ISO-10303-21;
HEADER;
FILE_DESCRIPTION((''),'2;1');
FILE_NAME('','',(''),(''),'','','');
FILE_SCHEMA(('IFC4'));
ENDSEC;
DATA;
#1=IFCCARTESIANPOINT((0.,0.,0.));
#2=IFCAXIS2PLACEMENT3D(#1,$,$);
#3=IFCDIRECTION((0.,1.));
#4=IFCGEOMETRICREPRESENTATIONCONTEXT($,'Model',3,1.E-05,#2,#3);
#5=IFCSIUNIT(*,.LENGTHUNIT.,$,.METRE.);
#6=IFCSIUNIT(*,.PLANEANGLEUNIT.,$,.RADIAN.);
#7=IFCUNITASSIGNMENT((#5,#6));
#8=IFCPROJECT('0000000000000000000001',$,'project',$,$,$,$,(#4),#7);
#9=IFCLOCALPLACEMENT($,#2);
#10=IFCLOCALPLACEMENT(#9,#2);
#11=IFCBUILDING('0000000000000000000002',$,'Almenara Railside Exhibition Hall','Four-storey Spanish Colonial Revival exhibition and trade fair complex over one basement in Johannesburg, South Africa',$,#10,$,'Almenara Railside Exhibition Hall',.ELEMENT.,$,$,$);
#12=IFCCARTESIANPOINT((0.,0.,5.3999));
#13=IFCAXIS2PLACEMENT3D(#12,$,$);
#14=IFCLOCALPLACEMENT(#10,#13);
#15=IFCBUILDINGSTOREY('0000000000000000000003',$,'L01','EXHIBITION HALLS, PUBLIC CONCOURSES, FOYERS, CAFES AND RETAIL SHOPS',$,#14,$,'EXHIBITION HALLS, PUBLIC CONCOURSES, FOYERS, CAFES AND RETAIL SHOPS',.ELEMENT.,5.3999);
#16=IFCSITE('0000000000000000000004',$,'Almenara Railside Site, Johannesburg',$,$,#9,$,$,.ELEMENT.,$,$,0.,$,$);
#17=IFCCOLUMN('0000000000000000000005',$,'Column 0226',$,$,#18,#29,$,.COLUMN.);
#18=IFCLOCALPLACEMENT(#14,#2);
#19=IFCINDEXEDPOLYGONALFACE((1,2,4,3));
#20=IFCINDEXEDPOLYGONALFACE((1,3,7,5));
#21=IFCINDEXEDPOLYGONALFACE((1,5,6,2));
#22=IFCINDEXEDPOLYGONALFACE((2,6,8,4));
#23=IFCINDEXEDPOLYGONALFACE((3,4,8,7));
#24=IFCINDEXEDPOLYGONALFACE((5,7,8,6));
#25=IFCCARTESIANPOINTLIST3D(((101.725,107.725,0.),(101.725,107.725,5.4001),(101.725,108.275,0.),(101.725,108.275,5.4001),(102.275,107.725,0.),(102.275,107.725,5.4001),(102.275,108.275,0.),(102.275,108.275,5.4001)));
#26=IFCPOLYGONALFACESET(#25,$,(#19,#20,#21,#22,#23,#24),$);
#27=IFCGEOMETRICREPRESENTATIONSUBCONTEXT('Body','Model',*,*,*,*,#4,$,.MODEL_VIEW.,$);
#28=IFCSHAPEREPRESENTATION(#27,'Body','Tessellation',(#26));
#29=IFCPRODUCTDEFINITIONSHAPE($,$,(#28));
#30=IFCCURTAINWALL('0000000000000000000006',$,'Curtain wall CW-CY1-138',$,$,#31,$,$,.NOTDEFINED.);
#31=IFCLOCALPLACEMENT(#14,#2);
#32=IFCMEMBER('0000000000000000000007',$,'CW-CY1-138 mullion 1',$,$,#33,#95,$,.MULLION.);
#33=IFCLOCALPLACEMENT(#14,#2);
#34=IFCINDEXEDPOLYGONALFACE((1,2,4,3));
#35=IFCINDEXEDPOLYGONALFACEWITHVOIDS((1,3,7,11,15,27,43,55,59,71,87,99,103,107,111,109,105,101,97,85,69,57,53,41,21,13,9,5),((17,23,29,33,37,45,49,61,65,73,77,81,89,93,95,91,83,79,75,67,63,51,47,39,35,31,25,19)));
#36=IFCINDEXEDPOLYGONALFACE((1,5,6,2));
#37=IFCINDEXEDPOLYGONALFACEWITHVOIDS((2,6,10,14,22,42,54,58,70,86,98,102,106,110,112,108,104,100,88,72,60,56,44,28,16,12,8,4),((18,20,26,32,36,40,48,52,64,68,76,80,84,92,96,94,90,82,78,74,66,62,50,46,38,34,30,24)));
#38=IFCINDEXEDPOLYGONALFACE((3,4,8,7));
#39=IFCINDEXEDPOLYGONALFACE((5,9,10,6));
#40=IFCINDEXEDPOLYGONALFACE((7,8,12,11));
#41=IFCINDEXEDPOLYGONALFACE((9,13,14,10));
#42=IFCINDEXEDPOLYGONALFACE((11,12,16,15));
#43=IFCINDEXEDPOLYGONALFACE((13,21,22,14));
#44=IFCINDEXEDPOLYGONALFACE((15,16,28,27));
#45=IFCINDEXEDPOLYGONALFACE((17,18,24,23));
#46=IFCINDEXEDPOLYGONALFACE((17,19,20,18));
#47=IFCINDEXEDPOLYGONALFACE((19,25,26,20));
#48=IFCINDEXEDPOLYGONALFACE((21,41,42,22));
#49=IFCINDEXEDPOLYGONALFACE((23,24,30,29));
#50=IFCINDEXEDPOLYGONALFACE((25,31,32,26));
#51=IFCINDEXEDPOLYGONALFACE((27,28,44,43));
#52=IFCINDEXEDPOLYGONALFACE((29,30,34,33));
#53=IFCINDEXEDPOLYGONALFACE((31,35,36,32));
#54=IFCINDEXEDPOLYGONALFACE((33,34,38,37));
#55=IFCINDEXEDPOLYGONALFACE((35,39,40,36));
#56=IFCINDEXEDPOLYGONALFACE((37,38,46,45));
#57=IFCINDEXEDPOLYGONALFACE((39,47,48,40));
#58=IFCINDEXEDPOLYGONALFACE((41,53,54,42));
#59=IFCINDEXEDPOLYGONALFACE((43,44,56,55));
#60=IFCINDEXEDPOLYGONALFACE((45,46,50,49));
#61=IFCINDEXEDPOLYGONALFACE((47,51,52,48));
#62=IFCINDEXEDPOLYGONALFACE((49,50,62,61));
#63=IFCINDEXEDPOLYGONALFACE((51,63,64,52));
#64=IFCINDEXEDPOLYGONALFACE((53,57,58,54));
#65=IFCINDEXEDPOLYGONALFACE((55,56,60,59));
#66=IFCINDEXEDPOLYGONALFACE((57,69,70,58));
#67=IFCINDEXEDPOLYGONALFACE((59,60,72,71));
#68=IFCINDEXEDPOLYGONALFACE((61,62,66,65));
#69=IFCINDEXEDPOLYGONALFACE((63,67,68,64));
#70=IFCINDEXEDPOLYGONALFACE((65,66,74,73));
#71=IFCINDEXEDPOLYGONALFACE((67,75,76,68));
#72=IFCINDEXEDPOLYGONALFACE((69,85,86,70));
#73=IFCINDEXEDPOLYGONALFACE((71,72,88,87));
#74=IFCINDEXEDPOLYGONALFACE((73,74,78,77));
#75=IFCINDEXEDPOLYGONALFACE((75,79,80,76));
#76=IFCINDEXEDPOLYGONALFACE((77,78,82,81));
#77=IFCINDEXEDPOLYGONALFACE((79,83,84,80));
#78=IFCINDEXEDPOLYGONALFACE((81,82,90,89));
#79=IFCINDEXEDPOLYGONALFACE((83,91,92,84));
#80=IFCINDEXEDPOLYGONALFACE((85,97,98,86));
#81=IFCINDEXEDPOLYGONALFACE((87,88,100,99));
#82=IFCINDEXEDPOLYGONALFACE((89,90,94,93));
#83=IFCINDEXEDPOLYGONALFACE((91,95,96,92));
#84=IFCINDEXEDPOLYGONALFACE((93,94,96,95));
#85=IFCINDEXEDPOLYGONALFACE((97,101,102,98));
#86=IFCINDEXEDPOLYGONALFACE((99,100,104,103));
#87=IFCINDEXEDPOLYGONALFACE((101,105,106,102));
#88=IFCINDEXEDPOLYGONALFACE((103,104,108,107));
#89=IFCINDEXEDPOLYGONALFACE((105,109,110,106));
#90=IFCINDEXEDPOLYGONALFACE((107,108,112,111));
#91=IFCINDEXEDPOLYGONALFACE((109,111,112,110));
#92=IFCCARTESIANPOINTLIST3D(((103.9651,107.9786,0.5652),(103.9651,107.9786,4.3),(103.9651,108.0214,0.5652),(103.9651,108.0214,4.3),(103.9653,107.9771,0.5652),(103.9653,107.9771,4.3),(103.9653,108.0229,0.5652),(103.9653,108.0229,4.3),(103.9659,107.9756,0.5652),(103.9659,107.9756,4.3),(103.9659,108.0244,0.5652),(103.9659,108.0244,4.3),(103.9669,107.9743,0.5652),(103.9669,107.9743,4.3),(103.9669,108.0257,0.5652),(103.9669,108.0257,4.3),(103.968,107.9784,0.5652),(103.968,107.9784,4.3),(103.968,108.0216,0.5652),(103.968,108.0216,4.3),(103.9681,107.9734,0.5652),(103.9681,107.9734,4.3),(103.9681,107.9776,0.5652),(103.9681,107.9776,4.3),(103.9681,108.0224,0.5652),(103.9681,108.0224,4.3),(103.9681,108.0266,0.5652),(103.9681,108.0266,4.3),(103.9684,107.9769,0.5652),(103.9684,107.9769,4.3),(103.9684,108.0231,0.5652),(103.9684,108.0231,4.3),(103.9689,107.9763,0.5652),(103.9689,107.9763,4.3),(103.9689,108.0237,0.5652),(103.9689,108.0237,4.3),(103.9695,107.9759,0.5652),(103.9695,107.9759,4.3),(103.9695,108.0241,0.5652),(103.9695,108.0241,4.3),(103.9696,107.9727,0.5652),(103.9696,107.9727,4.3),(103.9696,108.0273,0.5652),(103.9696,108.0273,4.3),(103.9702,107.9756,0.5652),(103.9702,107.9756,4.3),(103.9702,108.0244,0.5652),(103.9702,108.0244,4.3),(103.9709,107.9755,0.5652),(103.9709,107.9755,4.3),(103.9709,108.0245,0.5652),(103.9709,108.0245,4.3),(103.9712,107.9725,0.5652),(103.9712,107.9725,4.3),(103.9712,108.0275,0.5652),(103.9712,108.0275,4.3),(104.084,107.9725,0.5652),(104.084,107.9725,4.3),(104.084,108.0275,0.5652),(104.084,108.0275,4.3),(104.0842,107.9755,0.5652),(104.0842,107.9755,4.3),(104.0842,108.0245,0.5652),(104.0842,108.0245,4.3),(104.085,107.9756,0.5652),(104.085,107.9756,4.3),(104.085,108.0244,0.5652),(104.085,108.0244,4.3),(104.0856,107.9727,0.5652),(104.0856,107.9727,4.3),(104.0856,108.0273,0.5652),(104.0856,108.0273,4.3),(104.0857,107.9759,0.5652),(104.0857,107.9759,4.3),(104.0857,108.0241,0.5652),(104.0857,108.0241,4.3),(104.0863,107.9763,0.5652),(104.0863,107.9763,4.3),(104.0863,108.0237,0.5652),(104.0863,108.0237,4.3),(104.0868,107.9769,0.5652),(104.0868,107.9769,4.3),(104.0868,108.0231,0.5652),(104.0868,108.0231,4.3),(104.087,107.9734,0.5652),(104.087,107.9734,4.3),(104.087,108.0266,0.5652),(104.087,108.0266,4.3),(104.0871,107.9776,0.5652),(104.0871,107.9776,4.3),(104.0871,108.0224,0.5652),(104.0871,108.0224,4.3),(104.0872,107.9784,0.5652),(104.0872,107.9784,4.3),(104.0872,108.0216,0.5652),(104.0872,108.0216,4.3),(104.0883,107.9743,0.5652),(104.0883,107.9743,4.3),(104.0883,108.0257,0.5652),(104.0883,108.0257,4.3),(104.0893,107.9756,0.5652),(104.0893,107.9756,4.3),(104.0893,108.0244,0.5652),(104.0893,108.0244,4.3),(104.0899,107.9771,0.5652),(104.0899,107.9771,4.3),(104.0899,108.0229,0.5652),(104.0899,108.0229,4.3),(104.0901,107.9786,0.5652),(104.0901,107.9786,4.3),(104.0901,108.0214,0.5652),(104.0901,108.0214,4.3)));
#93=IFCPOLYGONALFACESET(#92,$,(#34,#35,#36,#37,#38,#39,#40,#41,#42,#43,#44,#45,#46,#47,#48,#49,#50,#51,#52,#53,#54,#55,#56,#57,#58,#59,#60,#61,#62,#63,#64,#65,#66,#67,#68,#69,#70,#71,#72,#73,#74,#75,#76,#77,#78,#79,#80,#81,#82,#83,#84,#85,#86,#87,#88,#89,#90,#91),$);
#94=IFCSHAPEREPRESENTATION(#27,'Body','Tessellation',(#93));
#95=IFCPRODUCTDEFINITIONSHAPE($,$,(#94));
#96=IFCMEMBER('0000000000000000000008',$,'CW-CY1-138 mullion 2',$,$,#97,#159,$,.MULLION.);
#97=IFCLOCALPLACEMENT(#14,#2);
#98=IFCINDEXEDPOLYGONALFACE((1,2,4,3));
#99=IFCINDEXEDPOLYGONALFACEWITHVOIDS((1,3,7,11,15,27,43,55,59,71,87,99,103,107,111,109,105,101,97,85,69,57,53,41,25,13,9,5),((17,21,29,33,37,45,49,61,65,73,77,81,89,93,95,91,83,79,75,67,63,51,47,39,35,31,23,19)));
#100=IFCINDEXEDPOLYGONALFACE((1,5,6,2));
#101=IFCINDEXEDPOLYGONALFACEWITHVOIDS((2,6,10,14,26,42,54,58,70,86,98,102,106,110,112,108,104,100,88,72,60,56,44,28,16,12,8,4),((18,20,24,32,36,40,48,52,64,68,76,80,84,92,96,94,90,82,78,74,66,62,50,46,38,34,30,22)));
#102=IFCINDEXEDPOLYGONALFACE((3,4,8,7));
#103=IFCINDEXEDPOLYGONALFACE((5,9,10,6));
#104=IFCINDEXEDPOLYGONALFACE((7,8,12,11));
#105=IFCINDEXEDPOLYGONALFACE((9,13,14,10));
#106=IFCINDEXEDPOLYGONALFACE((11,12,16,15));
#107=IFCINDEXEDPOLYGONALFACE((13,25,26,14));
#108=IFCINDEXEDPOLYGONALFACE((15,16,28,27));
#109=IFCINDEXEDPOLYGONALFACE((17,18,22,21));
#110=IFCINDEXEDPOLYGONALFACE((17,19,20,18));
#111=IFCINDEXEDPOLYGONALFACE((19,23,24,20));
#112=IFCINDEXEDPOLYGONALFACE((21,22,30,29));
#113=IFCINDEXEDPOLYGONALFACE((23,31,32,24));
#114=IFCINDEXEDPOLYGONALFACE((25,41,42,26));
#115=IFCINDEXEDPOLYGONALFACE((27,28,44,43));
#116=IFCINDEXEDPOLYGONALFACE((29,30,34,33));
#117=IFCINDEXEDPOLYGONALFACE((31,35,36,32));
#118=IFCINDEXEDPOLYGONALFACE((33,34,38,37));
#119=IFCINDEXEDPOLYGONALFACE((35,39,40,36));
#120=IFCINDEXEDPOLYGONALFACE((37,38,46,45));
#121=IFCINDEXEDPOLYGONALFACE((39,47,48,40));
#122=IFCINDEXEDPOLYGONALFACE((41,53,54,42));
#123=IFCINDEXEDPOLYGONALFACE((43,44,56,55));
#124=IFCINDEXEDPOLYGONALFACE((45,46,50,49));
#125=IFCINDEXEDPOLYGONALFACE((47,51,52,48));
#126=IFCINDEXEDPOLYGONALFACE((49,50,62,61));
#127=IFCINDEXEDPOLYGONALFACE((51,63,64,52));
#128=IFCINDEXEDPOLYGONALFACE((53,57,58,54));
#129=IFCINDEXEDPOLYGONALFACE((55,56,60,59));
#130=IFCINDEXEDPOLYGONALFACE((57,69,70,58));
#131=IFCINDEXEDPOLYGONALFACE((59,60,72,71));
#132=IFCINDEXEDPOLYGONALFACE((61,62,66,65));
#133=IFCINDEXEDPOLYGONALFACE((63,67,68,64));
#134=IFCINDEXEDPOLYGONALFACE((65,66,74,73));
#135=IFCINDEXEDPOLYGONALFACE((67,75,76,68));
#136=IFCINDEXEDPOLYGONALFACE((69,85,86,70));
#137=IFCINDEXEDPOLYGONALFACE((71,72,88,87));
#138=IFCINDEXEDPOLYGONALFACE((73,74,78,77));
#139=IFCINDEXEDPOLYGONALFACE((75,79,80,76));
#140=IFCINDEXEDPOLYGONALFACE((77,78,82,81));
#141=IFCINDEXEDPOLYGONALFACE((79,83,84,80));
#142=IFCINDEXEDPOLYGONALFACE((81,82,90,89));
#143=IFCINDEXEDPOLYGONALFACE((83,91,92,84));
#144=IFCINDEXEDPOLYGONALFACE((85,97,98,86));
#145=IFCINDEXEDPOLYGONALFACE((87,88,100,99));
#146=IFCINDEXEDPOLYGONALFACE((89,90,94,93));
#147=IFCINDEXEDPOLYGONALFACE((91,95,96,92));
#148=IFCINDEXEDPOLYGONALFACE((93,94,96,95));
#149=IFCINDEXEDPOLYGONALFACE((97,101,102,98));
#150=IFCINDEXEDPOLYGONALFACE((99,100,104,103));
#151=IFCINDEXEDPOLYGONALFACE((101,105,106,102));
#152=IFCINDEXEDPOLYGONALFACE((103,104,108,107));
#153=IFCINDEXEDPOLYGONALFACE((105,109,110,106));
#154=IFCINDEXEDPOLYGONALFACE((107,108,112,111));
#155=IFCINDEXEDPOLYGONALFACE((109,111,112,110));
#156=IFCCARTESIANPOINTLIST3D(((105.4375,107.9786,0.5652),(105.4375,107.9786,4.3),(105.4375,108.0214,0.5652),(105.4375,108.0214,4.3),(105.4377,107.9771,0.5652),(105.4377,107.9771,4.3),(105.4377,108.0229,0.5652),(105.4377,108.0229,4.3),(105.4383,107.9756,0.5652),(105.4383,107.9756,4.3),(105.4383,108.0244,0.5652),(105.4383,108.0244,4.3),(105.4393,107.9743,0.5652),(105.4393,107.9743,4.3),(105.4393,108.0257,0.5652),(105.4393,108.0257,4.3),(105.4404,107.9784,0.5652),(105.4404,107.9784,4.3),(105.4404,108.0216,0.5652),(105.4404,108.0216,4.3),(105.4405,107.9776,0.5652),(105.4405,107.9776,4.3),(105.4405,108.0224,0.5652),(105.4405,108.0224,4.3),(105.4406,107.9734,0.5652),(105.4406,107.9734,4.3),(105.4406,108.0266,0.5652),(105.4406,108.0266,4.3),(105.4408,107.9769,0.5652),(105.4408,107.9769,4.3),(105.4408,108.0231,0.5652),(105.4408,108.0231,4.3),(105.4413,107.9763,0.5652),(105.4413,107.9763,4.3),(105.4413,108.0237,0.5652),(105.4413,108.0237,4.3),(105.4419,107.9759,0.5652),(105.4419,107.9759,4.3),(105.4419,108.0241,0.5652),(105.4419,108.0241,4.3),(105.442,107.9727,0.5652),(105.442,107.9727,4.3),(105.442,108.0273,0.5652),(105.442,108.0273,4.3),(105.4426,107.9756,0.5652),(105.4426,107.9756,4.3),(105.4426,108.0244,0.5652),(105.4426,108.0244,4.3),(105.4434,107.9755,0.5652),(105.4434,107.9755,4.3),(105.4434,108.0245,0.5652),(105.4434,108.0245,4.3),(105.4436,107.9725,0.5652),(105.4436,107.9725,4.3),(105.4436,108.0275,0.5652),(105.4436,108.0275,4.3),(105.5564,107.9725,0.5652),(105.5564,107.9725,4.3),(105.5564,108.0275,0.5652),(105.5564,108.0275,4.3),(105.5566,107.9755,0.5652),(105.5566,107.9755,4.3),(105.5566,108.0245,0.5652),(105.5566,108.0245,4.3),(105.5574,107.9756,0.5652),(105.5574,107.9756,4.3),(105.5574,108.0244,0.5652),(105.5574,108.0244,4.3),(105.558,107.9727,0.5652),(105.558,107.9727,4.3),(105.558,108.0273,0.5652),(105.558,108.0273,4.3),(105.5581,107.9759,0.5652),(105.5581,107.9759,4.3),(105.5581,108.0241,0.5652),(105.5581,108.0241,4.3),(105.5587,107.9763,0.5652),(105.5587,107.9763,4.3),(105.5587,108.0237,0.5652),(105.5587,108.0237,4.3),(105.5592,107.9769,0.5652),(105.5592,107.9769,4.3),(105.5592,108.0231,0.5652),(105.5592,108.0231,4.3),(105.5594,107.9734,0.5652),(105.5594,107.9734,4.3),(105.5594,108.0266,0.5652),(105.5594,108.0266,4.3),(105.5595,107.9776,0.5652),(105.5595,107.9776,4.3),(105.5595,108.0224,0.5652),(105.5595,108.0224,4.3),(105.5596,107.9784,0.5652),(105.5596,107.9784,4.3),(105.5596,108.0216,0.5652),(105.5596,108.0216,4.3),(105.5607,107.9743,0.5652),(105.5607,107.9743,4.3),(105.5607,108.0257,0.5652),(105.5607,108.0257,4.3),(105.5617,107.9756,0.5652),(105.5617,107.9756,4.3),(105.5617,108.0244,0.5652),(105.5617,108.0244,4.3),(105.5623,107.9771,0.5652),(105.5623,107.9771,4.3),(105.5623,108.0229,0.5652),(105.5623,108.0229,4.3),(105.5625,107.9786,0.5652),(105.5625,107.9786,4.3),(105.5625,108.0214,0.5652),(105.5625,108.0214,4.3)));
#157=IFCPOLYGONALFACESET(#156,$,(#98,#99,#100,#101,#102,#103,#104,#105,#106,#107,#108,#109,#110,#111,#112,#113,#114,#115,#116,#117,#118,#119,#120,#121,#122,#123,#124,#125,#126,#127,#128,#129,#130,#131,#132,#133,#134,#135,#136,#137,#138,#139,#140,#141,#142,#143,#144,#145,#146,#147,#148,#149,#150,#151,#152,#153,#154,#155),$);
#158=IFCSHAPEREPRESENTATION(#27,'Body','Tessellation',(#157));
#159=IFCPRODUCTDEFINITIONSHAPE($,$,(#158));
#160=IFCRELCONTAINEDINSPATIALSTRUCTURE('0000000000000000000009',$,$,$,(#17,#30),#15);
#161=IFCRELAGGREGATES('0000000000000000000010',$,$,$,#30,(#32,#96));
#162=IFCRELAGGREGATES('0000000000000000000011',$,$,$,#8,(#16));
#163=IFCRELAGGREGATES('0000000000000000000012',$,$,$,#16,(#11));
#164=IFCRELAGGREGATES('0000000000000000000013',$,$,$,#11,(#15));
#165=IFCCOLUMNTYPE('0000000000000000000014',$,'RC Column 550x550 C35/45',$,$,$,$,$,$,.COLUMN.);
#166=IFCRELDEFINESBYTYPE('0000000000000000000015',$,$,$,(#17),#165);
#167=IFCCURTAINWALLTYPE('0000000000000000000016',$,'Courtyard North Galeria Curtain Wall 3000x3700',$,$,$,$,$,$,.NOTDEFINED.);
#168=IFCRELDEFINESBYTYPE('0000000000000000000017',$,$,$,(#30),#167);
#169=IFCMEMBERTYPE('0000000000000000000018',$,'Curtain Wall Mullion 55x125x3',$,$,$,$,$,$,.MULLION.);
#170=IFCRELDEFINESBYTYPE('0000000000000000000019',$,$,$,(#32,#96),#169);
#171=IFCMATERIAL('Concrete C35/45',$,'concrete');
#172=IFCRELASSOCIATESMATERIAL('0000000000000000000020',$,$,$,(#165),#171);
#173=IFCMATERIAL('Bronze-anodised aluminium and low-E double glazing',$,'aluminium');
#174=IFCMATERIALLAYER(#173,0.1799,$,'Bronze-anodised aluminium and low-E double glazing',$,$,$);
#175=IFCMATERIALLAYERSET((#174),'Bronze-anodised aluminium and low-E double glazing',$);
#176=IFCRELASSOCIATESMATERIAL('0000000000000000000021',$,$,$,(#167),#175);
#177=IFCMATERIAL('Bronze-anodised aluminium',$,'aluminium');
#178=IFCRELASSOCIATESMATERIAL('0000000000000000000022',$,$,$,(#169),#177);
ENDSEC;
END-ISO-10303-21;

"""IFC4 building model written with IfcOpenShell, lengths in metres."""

from ifc_helpers import new_model, si_unit, direction, frame, origin, origin_2d, place, context, subcontext, project, spatial, rectangle, hollow_rectangle, extrude, material, layer, layer_set, material_profile, profile_set, type_object, element, aggregate, save


model = new_model("IFC4")

# Units and contexts
model_context = context("Model", 3, precision=1e-05, world=origin(), true_north=direction((0.0, 1.0)))
body_context = subcontext(model_context, "Body", "Model", "MODEL_VIEW")
ifc_project = project(units=[si_unit("LENGTHUNIT", "METRE"), si_unit("PLANEANGLEUNIT", "RADIAN")], contexts=[model_context])

# Site, building, storey
site_placement = place(None, origin())
site = spatial("IfcSite", under=ifc_project, at=site_placement, Name="Almenara Railside Site, Johannesburg", CompositionType="ELEMENT", RefElevation=0.0)
building_placement = place(site_placement, origin())
building = spatial("IfcBuilding", under=site, at=building_placement, Name="Almenara Railside Exhibition Hall", Description="Four-storey Spanish Colonial Revival exhibition and trade fair complex over one basement in Johannesburg, South Africa", LongName="Almenara Railside Exhibition Hall", CompositionType="ELEMENT")
storey_placement = place(building_placement, frame((0.0, 0.0, 5.3999)))
storey = spatial("IfcBuildingStorey", under=building, at=storey_placement, Name="L01", Description="EXHIBITION HALLS, PUBLIC CONCOURSES, FOYERS, CAFES AND RETAIL SHOPS", LongName="EXHIBITION HALLS, PUBLIC CONCOURSES, FOYERS, CAFES AND RETAIL SHOPS", CompositionType="ELEMENT", Elevation=5.3999)

# Column
ifc_material_1 = material(Name="Concrete C35/45", Category="concrete")
ifc_material_profile_1 = material_profile(ifc_material_1, rectangle(XDim=0.55, YDim=0.55, at=origin_2d()), Name="RC 550x550")
ifc_profile_set_1 = profile_set([ifc_material_profile_1], Name="Concrete C35/45")
column_type = type_object("IfcColumnType", Name="RC Column 550x550 C35/45", PredefinedType="COLUMN", material=ifc_profile_set_1)
column_placement = place(storey_placement, frame((102.0, 108.0, 0.0), z_axis=(0.0, 0.0, 1.0), x_axis=(1.0, 0.0, 0.0)))
element("IfcColumn", 1, at=column_placement, inside=storey, type_object=column_type, Name="Column 0226", PredefinedType="COLUMN", context=body_context, shape_type="SweptSolid", body=[
    extrude(rectangle(XDim=0.55, YDim=0.55, at=origin_2d()), origin(), (0.0, 0.0, 1.0), 5.4001),
])

# Curtain wall, members
ifc_material_2 = material(Name="Bronze-anodised aluminium and low-E double glazing", Category="aluminium")
ifc_layer_1 = layer(ifc_material_2, 0.1799, Name="Bronze-anodised aluminium and low-E double glazing")
ifc_layer_set_1 = layer_set([ifc_layer_1], Name="Bronze-anodised aluminium and low-E double glazing")
curtain_wall_type = type_object("IfcCurtainWallType", Name="Courtyard North Galeria Curtain Wall 3000x3700", PredefinedType="NOTDEFINED", material=ifc_layer_set_1)
curtain_wall_1_placement = place(storey_placement, origin())
curtain_wall_1 = element("IfcCurtainWall", 2, at=curtain_wall_1_placement, inside=storey, type_object=curtain_wall_type, Name="Curtain wall CW-CY1-138", PredefinedType="NOTDEFINED")
ifc_material_3 = material(Name="Bronze-anodised aluminium", Category="aluminium")
ifc_material_profile_2 = material_profile(ifc_material_3, hollow_rectangle(XDim=0.0549, YDim=0.125, WallThickness=0.0029, InnerFilletRadius=0.0029, OuterFilletRadius=0.0061, at=origin_2d()), Name="ALU-MUL 55x125x3")
ifc_profile_set_2 = profile_set([ifc_material_profile_2], Name="Bronze-anodised aluminium")
member_type_1 = type_object("IfcMemberType", Name="Curtain Wall Mullion 55x125x3", PredefinedType="MULLION", material=ifc_profile_set_2)
member_1_placement = place(storey_placement, frame((104.0276, 108.0, 0.5652), z_axis=(0.0, 0.0, 1.0), x_axis=(0.0, 1.0, 0.0)))
member_1 = element("IfcMember", 3, at=member_1_placement, type_object=member_type_1, Name="CW-CY1-138 mullion 1", PredefinedType="MULLION", context=body_context, shape_type="SweptSolid", body=[
    extrude(hollow_rectangle(XDim=0.0549, YDim=0.125, WallThickness=0.0029, InnerFilletRadius=0.0029, OuterFilletRadius=0.0061, at=origin_2d()), origin(), (0.0, 0.0, 1.0), 3.7349),
])
member_2_placement = place(storey_placement, frame((105.5, 108.0, 0.5652), z_axis=(0.0, 0.0, 1.0), x_axis=(0.0, 1.0, 0.0)))
member_2 = element("IfcMember", 4, at=member_2_placement, type_object=member_type_1, Name="CW-CY1-138 mullion 2", PredefinedType="MULLION", context=body_context, shape_type="SweptSolid", body=[
    extrude(hollow_rectangle(XDim=0.0549, YDim=0.125, WallThickness=0.0029, InnerFilletRadius=0.0029, OuterFilletRadius=0.0061, at=origin_2d()), origin(), (0.0, 0.0, 1.0), 3.7349),
])

aggregate(curtain_wall_1, [member_1, member_2])

save(model, "model.ifc")
